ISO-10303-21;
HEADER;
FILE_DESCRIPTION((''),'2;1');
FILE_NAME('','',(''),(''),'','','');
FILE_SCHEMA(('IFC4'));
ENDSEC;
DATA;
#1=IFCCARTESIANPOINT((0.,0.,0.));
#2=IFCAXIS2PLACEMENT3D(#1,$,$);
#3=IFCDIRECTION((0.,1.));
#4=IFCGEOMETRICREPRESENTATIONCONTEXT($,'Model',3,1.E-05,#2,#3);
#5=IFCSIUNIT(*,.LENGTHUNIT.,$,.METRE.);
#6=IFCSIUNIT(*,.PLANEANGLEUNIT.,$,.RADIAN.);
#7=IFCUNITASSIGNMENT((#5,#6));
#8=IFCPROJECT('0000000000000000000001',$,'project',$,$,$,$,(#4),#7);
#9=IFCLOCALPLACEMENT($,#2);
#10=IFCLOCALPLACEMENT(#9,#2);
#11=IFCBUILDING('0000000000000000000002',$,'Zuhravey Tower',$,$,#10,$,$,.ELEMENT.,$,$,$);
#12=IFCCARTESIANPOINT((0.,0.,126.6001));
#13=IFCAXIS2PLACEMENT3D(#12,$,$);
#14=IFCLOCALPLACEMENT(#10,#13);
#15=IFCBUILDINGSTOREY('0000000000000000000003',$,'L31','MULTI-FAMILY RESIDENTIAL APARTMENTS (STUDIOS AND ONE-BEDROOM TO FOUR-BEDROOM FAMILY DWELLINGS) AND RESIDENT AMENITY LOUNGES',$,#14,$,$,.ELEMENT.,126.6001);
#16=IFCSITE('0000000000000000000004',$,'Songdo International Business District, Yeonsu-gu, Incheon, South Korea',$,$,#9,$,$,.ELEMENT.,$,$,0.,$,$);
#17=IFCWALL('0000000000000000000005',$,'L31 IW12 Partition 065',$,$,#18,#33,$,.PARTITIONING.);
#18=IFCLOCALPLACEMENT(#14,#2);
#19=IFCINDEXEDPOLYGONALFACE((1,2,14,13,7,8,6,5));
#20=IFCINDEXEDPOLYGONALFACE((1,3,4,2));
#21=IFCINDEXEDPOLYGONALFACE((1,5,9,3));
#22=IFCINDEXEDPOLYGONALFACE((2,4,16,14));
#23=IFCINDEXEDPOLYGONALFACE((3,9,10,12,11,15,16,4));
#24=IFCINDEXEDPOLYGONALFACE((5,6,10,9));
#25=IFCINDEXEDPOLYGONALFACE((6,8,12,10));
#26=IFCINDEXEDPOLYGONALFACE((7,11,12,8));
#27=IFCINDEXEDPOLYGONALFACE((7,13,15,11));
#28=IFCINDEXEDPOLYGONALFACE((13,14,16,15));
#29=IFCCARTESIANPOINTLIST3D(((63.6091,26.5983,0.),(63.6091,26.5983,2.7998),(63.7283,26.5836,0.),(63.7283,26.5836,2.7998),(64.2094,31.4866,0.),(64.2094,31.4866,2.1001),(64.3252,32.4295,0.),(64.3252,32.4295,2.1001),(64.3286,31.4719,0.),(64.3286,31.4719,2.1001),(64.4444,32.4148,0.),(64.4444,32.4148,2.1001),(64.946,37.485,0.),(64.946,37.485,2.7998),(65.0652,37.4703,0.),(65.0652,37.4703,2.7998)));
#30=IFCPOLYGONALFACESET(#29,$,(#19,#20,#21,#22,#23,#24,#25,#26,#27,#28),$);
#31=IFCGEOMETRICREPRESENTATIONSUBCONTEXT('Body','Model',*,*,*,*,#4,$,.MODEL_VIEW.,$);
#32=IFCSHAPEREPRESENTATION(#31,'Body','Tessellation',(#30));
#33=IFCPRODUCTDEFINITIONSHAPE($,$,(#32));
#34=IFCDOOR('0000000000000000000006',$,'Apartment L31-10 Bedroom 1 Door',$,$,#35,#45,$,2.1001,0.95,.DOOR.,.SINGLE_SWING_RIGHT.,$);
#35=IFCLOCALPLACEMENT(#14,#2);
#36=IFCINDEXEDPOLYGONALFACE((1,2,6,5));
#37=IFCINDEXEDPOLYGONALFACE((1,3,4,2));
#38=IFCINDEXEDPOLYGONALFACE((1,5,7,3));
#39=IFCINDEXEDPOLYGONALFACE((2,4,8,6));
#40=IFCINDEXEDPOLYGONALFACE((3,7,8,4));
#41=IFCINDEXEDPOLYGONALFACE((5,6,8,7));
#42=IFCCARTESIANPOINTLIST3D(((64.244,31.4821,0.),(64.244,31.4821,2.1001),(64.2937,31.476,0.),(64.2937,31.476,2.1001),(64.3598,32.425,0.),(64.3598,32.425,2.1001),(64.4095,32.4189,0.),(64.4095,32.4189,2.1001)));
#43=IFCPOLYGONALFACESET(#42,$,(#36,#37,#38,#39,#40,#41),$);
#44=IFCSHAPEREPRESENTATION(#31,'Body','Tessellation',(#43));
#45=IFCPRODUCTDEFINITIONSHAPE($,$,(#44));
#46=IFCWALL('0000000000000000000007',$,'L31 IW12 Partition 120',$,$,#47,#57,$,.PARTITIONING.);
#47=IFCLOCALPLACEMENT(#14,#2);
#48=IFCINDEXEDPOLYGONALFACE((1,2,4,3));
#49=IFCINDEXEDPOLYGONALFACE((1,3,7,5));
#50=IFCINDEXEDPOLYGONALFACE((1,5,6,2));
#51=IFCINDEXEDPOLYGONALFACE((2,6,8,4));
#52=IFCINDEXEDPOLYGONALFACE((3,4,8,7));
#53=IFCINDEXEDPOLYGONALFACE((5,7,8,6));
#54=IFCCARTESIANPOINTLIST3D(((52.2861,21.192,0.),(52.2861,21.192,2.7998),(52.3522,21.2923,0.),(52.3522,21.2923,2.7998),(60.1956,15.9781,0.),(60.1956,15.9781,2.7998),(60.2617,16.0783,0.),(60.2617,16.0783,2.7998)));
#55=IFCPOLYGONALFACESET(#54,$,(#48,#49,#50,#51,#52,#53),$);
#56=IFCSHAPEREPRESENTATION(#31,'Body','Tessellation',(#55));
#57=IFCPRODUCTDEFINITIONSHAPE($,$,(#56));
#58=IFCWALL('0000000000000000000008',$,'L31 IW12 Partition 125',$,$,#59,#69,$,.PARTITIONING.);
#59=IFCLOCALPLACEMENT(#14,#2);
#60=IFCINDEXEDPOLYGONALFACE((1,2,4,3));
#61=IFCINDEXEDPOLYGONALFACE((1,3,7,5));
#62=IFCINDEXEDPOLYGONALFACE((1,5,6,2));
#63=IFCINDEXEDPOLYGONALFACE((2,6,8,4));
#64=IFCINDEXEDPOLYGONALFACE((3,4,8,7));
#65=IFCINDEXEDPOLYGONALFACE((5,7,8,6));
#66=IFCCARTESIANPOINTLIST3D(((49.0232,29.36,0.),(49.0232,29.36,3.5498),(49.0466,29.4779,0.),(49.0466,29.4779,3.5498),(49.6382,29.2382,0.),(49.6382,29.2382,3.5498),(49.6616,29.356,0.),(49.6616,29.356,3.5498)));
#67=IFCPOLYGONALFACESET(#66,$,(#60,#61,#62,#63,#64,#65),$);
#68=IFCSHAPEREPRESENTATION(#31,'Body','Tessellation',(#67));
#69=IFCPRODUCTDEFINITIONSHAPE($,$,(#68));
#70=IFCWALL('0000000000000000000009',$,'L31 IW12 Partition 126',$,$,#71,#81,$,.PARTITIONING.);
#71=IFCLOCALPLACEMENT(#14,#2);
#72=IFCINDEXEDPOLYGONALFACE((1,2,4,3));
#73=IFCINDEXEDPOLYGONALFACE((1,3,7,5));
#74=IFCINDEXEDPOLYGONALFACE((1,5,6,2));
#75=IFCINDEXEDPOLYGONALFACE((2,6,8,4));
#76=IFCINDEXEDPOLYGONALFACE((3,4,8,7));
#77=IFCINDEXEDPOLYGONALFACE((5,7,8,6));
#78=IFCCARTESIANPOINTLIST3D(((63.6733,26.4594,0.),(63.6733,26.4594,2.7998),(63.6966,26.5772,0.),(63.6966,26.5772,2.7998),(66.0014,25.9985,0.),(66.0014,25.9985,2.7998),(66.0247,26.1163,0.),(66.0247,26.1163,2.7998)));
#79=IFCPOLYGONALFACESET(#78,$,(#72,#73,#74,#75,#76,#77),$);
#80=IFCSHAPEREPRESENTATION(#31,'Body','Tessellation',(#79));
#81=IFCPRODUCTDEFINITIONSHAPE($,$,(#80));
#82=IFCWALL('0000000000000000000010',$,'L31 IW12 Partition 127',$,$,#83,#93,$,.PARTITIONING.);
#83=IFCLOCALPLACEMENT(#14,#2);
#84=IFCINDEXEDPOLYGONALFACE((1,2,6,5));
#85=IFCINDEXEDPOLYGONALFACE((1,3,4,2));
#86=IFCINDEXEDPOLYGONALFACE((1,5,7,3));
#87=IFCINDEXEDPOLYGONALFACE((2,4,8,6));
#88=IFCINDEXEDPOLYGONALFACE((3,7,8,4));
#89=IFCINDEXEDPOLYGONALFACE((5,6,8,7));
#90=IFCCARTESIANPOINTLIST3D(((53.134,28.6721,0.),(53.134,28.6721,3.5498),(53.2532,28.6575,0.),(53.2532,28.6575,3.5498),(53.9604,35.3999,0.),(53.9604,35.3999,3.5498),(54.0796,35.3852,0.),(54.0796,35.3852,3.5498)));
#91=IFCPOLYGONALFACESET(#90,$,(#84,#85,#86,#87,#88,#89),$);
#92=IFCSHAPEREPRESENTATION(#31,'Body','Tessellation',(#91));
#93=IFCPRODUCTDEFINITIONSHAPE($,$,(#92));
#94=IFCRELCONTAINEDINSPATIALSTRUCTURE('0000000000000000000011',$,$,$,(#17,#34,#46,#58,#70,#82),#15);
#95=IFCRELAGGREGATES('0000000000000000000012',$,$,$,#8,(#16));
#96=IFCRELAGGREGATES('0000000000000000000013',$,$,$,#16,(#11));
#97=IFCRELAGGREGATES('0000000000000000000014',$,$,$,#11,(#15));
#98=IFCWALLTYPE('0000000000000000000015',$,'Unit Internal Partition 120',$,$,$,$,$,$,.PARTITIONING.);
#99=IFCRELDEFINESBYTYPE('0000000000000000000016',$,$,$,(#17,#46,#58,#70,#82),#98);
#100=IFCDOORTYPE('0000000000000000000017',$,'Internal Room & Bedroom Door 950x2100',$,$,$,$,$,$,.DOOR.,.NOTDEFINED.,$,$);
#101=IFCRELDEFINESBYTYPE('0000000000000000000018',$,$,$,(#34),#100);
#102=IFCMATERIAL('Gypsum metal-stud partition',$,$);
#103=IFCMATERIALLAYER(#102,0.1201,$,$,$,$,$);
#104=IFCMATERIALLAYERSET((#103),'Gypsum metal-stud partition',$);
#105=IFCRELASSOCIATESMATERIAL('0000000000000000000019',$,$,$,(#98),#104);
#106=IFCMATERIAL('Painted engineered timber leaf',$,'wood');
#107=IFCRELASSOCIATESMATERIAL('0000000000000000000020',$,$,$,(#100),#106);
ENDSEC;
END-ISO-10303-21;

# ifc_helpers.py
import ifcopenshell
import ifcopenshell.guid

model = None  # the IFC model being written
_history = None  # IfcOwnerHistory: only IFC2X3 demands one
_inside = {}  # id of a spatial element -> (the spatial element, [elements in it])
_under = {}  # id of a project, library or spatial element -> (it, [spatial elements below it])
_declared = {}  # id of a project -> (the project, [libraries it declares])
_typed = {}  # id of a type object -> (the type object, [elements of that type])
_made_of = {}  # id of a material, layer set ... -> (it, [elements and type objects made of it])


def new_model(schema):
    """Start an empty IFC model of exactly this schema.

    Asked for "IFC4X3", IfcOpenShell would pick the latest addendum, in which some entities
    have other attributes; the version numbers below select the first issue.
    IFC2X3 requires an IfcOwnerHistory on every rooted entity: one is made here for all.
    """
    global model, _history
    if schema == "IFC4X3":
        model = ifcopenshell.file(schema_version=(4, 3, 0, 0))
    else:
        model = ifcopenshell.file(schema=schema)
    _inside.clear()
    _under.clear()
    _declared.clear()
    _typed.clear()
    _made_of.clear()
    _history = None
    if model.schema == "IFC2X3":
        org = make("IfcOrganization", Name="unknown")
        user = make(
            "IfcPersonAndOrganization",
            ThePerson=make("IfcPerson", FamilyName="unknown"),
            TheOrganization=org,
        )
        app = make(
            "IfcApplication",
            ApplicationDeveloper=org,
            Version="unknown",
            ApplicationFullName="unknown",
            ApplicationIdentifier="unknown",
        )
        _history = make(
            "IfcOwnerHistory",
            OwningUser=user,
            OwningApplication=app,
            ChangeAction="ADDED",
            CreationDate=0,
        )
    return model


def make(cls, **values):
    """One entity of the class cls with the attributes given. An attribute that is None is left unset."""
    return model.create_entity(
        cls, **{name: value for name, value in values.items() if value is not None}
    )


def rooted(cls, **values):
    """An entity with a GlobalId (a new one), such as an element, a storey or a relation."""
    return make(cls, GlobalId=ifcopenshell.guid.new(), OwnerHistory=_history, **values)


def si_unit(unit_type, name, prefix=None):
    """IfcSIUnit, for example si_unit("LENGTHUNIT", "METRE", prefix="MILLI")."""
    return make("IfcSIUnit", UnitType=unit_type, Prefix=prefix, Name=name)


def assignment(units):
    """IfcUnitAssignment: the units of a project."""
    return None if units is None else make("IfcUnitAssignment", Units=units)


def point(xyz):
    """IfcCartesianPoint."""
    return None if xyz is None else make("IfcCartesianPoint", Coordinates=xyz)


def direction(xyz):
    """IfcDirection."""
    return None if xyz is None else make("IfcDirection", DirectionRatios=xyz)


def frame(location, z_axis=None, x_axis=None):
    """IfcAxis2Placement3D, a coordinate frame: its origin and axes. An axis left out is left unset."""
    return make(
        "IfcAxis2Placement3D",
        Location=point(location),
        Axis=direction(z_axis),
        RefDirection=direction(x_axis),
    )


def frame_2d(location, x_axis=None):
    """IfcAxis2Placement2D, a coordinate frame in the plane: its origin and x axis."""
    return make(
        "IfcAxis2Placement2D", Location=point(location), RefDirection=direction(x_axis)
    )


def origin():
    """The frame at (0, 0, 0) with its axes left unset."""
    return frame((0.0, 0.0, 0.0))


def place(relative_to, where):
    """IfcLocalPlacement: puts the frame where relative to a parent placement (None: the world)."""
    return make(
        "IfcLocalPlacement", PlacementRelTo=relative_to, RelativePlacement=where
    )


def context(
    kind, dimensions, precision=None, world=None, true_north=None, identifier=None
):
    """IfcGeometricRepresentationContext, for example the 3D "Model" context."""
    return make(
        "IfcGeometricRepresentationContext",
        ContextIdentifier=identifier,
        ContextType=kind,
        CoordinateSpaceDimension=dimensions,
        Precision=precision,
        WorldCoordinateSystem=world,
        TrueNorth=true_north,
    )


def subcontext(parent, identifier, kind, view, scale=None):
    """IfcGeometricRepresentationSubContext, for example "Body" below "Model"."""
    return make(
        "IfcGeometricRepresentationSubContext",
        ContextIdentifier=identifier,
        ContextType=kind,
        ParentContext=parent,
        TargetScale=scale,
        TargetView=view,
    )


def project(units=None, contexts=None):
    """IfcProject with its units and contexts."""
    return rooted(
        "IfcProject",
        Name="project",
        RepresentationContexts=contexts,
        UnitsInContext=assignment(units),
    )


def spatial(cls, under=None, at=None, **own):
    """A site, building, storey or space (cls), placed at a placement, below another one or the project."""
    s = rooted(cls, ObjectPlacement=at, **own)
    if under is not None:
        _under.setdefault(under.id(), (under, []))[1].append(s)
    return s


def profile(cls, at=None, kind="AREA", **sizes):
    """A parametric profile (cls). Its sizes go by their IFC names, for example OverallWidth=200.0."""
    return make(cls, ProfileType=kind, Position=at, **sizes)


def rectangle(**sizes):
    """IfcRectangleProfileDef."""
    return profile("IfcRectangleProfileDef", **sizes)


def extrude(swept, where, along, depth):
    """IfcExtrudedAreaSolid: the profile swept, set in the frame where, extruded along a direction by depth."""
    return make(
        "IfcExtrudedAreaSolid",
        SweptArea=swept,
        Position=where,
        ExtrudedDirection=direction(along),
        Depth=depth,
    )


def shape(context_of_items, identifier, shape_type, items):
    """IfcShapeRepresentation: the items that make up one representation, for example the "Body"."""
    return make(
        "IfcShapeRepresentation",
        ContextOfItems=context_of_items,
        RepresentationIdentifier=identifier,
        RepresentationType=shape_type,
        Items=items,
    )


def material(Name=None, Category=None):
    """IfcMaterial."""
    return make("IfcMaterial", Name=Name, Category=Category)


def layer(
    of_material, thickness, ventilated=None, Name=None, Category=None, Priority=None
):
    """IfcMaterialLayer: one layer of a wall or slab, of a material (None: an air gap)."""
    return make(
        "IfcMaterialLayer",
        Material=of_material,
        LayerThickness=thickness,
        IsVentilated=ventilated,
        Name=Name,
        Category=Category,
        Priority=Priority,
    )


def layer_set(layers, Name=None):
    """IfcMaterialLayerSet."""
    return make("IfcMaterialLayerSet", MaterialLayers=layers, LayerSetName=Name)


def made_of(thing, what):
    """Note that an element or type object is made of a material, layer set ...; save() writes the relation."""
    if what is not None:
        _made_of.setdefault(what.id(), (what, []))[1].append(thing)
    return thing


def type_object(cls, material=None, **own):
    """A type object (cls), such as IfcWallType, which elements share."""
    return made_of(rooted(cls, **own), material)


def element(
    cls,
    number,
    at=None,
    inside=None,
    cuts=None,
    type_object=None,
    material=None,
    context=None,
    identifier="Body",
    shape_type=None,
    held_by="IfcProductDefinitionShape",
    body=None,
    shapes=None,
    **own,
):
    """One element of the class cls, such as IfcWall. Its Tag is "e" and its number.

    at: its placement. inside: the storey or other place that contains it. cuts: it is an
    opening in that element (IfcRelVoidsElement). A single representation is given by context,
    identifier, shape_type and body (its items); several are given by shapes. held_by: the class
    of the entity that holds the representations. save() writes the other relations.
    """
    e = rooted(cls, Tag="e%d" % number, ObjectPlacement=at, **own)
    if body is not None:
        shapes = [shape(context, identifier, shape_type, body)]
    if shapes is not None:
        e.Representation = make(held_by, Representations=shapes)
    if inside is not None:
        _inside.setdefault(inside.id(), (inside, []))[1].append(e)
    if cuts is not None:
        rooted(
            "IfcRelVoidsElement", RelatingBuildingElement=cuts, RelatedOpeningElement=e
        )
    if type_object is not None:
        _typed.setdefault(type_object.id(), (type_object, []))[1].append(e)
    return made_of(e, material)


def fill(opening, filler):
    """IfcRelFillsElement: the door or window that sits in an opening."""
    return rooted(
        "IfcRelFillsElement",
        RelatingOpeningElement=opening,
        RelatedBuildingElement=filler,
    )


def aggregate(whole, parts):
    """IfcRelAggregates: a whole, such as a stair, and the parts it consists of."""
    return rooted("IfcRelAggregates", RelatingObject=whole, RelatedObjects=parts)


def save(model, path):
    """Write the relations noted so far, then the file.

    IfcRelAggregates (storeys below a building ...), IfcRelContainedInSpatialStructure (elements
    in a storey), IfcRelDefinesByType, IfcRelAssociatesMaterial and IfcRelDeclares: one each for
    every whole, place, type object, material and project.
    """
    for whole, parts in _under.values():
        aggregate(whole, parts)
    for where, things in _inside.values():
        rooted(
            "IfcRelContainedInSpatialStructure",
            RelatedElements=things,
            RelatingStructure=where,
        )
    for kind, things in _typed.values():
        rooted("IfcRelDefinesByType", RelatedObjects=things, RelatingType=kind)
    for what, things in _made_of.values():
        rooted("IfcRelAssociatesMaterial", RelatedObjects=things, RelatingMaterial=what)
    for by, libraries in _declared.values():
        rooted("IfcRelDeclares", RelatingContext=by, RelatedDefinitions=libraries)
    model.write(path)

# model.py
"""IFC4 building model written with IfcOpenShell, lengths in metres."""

from ifc_helpers import new_model, si_unit, direction, frame, frame_2d, origin, place, context, subcontext, project, spatial, rectangle, extrude, material, layer, layer_set, type_object, element, fill, save


model = new_model("IFC4")

# Units and contexts
model_context = context("Model", 3, precision=1e-05, world=origin(), true_north=direction((0.0, 1.0)))
body_context = subcontext(model_context, "Body", "Model", "MODEL_VIEW")
ifc_project = project(units=[si_unit("LENGTHUNIT", "METRE"), si_unit("PLANEANGLEUNIT", "RADIAN")], contexts=[model_context])

# Site, building, storey
site_placement = place(None, origin())
site = spatial("IfcSite", under=ifc_project, at=site_placement, Name="Songdo International Business District, Yeonsu-gu, Incheon, South Korea", CompositionType="ELEMENT", RefElevation=0.0)
building_placement = place(site_placement, origin())
building = spatial("IfcBuilding", under=site, at=building_placement, Name="Zuhravey Tower", CompositionType="ELEMENT")
storey_placement = place(building_placement, frame((0.0, 0.0, 126.6001)))
storey = spatial("IfcBuildingStorey", under=building, at=storey_placement, Name="L31", Description="MULTI-FAMILY RESIDENTIAL APARTMENTS (STUDIOS AND ONE-BEDROOM TO FOUR-BEDROOM FAMILY DWELLINGS) AND RESIDENT AMENITY LOUNGES", CompositionType="ELEMENT", Elevation=126.6001)

# Wall, opening, door
ifc_material_1 = material(Name="Gypsum metal-stud partition")
ifc_layer_1 = layer(ifc_material_1, 0.1201)
ifc_layer_set_1 = layer_set([ifc_layer_1], Name="Gypsum metal-stud partition")
wall_type_1 = type_object("IfcWallType", Name="Unit Internal Partition 120", PredefinedType="PARTITIONING", material=ifc_layer_set_1)
ifc_material_2 = material(Name="Painted engineered timber leaf", Category="wood")
door_type_1 = type_object("IfcDoorType", Name="Internal Room & Bedroom Door 950x2100", OperationType="NOTDEFINED", PredefinedType="DOOR", material=ifc_material_2)
wall_1_placement = place(storey_placement, frame((63.6687, 26.5908, 0.0), z_axis=(0.0, 0.0, 1.0), x_axis=(0.121887, 0.992544, 0.0)))
wall_1 = element("IfcWall", 1, at=wall_1_placement, inside=storey, type_object=wall_type_1, Name="L31 IW12 Partition 065", PredefinedType="PARTITIONING", context=body_context, shape_type="SweptSolid", body=[
    extrude(rectangle(XDim=10.9685, YDim=0.1201, at=frame_2d((5.4844, 0.0))), origin(), (0.0, 0.0, 1.0), 2.7998),
])
opening_1_placement = place(wall_1_placement, frame((4.925, 0.0, 0.0)))
opening_1 = element("IfcOpeningElement", 2, at=opening_1_placement, cuts=wall_1, PredefinedType="OPENING", context=body_context, shape_type="SweptSolid", body=[
    extrude(rectangle(XDim=0.95, YDim=2.1001, at=frame_2d((0.4751, 1.05))), frame((0.0, 0.072, 0.0), z_axis=(0.0, -1.0, 0.0), x_axis=(1.0, 0.0, 0.0)), (0.0, 0.0, 1.0), 0.144),
])
door_1_placement = place(opening_1_placement, frame((0.95, 0.0, 0.0), z_axis=(0.0, 0.0, 1.0), x_axis=(-1.0, 0.0, 0.0)))
door_1 = element("IfcDoor", 3, at=door_1_placement, inside=storey, type_object=door_type_1, Name="Apartment L31-10 Bedroom 1 Door", OperationType="SINGLE_SWING_RIGHT", OverallHeight=2.1001, OverallWidth=0.95, PredefinedType="DOOR", context=body_context, shape_type="SweptSolid", body=[
    extrude(rectangle(XDim=0.95, YDim=2.1001, at=frame_2d((0.4751, 1.05))), frame((0.0, 0.0249, 0.0), z_axis=(0.0, -1.0, 0.0), x_axis=(1.0, 0.0, 0.0)), (0.0, 0.0, 1.0), 0.05),
])
fill(opening_1, door_1)

# Walls
wall_2_placement = place(storey_placement, frame((52.3191, 21.2422, 0.0), z_axis=(0.0, 0.0, 1.0), x_axis=(0.834918, -0.550375, 0.0)))
element("IfcWall", 4, at=wall_2_placement, inside=storey, type_object=wall_type_1, Name="L31 IW12 Partition 120", PredefinedType="PARTITIONING", context=body_context, shape_type="SweptSolid", body=[
    extrude(rectangle(XDim=9.4734, YDim=0.1201, at=frame_2d((4.7368, 0.0))), origin(), (0.0, 0.0, 1.0), 2.7998),
])
wall_3_placement = place(storey_placement, frame((49.0349, 29.4189, 0.0), z_axis=(0.0, 0.0, 1.0), x_axis=(0.980938, -0.194319, 0.0)))
element("IfcWall", 5, at=wall_3_placement, inside=storey, type_object=wall_type_1, Name="L31 IW12 Partition 125", PredefinedType="PARTITIONING", context=body_context, shape_type="SweptSolid", body=[
    extrude(rectangle(XDim=0.627, YDim=0.1201, at=frame_2d((0.3135, 0.0))), origin(), (0.0, 0.0, 1.0), 3.5498),
])
wall_4_placement = place(storey_placement, frame((63.6851, 26.5183, 0.0), z_axis=(0.0, 0.0, 1.0), x_axis=(0.980959, -0.194217, 0.0)))
element("IfcWall", 6, at=wall_4_placement, inside=storey, type_object=wall_type_1, Name="L31 IW12 Partition 126", PredefinedType="PARTITIONING", context=body_context, shape_type="SweptSolid", body=[
    extrude(rectangle(XDim=2.3733, YDim=0.1201, at=frame_2d((1.1865, 0.0))), origin(), (0.0, 0.0, 1.0), 2.7998),
])
wall_5_placement = place(storey_placement, frame((53.1936, 28.6648, 0.0), z_axis=(0.0, 0.0, 1.0), x_axis=(0.12192, 0.99254, 0.0)))
element("IfcWall", 7, at=wall_5_placement, inside=storey, type_object=wall_type_1, Name="L31 IW12 Partition 127", PredefinedType="PARTITIONING", context=body_context, shape_type="SweptSolid", body=[
    extrude(rectangle(XDim=6.7783, YDim=0.1201, at=frame_2d((3.3892, 0.0))), origin(), (0.0, 0.0, 1.0), 3.5498),
])

save(model, "model.ifc")
